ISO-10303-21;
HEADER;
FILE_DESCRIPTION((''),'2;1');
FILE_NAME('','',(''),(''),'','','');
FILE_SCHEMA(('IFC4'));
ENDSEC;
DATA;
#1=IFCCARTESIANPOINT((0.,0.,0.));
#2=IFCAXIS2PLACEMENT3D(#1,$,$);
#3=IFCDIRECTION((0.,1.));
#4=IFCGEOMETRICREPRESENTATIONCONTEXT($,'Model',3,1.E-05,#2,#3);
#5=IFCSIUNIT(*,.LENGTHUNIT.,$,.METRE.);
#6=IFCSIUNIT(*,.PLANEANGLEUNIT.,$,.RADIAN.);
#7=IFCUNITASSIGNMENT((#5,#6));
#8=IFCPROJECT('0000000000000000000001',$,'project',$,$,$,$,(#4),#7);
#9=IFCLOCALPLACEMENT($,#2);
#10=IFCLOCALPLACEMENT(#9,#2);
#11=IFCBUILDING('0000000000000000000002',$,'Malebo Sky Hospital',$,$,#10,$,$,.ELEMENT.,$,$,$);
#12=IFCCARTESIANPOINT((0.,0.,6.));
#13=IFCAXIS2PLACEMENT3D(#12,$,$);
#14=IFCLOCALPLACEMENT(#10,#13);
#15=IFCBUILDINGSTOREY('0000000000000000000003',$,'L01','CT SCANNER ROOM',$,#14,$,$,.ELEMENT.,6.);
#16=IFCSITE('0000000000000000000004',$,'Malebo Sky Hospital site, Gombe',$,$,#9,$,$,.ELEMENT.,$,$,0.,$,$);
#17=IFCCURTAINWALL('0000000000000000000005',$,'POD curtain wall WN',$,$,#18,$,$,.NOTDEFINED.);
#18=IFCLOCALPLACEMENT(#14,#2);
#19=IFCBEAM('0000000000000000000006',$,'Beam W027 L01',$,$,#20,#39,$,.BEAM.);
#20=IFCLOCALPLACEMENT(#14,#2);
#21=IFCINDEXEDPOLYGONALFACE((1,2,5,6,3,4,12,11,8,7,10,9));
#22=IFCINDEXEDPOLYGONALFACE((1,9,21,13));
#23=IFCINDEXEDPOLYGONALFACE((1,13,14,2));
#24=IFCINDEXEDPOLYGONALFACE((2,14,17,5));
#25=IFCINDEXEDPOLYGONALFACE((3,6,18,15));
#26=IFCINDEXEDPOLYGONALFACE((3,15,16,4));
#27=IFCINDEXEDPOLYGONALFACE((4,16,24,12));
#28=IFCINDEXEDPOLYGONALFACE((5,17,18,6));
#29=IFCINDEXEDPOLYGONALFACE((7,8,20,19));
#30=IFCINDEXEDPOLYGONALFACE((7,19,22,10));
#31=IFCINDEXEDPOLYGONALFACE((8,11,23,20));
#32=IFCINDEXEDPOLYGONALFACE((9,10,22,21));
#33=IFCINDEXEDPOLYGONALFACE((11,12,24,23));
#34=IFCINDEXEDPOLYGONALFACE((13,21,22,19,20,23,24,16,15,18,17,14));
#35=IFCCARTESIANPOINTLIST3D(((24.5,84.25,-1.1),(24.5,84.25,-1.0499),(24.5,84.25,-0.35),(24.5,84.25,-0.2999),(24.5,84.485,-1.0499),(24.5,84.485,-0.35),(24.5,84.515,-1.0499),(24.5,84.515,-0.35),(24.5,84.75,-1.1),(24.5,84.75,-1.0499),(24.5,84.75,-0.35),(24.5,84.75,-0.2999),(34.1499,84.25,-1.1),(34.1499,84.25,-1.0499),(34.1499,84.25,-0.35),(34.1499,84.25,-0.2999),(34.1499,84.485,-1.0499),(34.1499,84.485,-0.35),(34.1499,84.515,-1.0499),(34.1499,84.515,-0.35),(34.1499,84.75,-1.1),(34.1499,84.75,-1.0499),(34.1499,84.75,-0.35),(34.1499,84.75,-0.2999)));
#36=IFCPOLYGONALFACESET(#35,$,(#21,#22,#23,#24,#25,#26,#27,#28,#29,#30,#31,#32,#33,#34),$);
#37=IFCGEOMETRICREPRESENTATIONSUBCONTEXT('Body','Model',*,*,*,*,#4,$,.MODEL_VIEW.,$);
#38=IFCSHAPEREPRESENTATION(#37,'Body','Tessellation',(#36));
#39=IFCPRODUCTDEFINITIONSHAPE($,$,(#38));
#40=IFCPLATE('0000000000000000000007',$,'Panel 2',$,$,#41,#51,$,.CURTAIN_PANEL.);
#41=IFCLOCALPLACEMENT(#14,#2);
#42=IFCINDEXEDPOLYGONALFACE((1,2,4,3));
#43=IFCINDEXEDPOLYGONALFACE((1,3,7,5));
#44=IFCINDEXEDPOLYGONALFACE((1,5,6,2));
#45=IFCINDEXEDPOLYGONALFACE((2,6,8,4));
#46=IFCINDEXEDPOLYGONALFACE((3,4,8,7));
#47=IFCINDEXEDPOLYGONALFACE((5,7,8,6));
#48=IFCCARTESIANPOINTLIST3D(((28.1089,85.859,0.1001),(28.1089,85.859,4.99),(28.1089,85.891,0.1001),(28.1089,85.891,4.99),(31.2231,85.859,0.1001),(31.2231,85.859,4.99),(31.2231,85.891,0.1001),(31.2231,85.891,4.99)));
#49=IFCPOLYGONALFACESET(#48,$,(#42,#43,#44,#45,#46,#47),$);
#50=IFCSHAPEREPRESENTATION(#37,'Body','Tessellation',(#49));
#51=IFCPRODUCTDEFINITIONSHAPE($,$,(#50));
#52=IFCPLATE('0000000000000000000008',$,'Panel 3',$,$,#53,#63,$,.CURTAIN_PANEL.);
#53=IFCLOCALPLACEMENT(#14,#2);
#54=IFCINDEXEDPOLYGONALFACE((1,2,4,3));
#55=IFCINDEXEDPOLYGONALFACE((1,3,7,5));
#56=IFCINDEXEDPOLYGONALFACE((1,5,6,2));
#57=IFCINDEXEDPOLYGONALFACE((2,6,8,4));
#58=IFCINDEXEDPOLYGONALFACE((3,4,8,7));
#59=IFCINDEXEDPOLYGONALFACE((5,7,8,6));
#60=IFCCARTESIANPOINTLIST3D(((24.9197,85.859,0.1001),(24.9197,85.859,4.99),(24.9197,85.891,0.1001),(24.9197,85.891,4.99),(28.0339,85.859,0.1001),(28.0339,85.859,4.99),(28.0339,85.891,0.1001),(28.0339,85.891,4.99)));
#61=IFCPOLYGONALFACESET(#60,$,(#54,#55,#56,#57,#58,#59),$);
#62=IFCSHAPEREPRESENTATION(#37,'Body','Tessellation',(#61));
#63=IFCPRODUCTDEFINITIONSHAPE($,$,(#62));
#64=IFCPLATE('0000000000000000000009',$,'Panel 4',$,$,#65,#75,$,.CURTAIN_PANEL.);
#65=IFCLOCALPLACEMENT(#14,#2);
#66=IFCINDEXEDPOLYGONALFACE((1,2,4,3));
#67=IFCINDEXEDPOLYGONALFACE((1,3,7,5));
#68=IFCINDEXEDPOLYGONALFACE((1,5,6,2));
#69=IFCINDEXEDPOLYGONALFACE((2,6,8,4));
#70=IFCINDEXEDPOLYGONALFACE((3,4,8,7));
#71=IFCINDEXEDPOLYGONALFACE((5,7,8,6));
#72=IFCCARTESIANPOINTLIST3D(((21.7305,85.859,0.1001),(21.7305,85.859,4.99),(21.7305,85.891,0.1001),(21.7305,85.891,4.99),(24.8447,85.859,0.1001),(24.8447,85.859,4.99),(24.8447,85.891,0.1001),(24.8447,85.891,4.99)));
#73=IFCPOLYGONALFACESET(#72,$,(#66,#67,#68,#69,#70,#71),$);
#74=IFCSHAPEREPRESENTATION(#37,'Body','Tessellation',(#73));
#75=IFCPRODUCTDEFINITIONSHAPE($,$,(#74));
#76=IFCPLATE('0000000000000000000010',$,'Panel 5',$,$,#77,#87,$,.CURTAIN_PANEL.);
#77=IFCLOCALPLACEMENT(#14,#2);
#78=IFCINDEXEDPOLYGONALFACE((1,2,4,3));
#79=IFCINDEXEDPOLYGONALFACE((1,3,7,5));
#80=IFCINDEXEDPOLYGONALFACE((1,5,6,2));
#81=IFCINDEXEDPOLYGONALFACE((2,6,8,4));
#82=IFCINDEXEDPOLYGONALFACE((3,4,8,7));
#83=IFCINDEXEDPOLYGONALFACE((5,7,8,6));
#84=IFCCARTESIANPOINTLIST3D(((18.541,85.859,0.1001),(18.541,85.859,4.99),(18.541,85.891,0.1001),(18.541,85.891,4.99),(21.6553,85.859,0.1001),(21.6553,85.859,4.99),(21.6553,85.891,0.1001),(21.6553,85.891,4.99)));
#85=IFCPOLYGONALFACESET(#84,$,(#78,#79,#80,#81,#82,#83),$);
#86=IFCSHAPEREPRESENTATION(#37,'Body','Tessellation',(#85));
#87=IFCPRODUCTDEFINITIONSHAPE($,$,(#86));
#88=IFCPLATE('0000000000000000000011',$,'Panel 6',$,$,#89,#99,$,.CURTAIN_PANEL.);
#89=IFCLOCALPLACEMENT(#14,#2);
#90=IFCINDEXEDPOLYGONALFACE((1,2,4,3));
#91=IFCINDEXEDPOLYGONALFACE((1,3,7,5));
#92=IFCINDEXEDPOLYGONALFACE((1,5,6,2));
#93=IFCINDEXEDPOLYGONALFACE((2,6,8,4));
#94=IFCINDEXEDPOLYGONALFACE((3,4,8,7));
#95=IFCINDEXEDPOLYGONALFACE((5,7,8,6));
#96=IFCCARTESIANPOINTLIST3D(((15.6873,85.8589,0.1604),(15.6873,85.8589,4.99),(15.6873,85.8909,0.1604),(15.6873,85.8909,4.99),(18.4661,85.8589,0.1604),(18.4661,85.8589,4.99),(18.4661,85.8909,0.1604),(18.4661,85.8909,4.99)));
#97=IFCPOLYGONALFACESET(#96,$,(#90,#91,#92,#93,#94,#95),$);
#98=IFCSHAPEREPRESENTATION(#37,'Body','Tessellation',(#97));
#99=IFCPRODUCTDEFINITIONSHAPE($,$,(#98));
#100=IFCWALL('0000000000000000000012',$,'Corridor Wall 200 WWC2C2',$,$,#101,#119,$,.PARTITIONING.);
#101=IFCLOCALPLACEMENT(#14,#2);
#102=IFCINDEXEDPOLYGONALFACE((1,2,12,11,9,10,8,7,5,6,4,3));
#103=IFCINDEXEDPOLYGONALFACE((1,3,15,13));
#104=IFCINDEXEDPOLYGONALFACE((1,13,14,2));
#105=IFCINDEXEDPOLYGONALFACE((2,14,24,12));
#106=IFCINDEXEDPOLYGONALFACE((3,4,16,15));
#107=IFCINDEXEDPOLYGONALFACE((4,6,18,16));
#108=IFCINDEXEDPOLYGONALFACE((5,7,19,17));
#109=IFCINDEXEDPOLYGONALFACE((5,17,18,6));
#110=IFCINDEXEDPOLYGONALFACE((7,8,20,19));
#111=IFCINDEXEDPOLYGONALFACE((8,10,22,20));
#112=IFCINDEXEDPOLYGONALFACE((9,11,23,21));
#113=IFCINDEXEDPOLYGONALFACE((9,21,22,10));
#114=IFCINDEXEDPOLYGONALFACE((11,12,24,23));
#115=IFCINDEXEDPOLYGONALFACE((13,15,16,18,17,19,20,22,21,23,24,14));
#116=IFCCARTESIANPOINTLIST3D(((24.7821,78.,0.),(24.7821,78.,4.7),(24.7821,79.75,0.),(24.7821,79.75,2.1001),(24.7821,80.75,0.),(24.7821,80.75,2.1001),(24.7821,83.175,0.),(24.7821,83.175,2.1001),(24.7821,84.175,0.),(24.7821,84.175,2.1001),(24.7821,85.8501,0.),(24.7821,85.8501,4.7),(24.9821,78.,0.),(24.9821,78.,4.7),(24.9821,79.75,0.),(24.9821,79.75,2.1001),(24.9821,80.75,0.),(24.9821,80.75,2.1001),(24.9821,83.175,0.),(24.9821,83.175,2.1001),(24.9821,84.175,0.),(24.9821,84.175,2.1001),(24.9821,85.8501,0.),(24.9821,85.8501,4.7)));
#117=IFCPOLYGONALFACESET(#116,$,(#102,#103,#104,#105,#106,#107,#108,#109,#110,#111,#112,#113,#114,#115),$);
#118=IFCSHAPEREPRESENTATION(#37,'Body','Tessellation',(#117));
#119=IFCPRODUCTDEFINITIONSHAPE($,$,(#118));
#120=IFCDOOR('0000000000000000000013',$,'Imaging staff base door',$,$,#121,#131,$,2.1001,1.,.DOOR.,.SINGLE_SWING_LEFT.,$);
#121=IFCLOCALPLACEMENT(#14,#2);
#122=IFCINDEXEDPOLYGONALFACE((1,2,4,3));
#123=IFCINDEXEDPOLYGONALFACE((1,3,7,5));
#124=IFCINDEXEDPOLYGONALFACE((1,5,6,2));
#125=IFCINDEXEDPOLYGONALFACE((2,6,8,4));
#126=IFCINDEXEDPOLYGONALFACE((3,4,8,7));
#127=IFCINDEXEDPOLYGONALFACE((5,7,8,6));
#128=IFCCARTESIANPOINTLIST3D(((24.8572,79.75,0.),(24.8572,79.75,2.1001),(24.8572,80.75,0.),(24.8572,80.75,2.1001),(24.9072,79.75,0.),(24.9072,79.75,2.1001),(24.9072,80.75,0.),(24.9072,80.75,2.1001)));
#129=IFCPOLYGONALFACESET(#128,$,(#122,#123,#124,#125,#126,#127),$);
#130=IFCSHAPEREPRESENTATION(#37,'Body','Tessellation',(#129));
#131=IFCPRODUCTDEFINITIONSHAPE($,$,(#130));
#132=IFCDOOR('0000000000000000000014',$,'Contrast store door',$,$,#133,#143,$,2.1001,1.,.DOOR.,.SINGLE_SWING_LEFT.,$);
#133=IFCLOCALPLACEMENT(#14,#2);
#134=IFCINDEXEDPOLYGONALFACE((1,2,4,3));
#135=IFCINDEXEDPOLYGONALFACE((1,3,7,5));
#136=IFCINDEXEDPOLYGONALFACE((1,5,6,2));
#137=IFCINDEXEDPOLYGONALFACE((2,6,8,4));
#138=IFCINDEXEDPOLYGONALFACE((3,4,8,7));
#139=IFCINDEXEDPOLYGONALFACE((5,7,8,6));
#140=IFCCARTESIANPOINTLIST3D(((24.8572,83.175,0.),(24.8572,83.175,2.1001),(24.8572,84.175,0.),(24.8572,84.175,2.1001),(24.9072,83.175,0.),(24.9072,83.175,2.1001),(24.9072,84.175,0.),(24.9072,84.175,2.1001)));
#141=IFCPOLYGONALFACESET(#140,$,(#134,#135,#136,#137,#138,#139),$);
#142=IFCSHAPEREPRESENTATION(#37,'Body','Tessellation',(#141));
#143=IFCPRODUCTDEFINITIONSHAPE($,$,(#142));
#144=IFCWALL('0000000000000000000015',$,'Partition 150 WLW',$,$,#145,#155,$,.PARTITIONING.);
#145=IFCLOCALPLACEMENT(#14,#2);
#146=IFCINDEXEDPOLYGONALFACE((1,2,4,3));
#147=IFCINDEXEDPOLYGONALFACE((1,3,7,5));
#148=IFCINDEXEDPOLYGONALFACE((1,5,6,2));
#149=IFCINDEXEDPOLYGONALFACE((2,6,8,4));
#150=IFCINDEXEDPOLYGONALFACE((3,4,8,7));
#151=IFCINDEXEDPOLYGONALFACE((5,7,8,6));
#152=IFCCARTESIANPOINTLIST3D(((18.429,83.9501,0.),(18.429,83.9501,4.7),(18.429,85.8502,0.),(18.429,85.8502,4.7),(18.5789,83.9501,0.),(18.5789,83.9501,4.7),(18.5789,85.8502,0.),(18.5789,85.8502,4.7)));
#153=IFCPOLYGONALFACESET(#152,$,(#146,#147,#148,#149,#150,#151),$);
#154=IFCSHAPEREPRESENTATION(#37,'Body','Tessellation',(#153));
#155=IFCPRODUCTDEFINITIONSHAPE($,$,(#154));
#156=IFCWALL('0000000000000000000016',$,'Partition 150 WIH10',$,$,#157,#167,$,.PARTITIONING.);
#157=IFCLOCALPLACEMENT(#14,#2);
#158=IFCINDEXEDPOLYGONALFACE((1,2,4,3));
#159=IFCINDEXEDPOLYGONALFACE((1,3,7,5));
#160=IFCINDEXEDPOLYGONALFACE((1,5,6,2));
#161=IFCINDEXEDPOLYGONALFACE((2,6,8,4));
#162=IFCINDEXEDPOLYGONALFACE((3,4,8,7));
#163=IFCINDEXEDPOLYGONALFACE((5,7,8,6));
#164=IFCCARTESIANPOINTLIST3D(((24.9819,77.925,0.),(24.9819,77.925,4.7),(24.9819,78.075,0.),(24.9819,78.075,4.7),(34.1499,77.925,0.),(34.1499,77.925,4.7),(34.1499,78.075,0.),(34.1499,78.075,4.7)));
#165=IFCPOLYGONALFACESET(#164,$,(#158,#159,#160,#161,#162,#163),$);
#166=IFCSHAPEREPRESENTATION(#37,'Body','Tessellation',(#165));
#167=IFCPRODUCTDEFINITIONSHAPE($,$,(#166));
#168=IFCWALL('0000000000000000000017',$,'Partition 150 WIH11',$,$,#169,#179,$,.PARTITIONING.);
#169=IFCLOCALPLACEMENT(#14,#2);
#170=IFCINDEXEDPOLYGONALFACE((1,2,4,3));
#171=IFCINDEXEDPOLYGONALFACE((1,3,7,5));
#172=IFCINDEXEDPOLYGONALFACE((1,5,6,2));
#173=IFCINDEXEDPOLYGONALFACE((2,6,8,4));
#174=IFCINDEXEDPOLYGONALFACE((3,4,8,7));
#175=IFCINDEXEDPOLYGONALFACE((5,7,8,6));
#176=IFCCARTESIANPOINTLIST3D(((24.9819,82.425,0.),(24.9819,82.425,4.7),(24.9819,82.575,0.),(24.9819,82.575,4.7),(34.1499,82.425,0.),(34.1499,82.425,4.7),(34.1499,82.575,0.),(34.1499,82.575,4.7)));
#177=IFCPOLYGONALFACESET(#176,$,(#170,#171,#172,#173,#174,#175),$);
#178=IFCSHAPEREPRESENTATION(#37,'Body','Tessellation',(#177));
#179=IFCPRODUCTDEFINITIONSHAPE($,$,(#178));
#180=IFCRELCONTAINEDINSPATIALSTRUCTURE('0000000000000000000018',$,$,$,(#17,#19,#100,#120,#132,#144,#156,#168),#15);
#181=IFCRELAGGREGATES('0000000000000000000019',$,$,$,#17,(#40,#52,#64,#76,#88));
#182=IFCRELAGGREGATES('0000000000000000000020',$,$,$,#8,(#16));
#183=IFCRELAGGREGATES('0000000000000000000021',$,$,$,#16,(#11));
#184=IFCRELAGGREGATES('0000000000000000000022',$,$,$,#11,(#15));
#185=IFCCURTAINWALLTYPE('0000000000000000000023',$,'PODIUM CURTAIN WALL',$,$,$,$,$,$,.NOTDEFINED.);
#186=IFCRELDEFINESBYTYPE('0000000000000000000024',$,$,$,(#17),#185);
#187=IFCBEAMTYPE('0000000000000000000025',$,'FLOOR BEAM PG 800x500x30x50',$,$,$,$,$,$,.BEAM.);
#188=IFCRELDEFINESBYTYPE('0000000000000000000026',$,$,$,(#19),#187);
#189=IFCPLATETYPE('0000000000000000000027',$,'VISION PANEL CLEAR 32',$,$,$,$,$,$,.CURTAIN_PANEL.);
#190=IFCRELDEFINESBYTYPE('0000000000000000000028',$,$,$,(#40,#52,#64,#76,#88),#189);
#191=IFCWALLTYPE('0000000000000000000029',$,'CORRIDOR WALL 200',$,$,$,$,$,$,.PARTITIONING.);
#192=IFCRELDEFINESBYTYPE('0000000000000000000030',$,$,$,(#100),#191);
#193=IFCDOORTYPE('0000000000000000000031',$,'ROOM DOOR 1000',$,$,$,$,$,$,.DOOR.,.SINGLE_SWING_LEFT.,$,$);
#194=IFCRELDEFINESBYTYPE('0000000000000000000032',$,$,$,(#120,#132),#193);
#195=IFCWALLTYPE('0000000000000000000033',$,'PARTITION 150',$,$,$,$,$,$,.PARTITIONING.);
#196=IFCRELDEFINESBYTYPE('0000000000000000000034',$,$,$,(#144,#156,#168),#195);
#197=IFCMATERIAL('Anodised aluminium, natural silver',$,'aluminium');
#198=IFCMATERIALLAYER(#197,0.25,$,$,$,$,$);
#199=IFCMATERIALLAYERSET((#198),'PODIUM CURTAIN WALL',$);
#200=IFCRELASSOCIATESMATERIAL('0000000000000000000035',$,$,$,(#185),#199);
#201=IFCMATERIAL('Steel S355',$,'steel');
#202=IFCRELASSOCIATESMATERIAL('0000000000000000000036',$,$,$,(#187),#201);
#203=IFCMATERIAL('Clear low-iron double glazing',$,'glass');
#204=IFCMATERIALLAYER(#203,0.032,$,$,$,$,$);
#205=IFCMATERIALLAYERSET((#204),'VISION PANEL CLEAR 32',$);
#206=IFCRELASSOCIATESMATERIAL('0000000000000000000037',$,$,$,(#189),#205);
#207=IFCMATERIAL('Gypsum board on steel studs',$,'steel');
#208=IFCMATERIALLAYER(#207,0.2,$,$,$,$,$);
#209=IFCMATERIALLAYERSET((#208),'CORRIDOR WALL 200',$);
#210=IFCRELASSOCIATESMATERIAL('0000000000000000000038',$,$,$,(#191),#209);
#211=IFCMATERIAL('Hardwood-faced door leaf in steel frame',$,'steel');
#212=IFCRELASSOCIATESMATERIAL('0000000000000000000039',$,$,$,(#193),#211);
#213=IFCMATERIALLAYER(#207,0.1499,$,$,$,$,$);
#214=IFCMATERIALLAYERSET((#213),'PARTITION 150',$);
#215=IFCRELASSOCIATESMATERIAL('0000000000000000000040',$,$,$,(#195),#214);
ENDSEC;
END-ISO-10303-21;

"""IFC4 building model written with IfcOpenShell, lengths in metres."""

from ifc_helpers import new_model, si_unit, direction, frame, frame_2d, origin, origin_2d, place, context, subcontext, project, spatial, polyline, rectangle, i_section, outline, extrude, material, layer, layer_set, material_profile, profile_set, type_object, element, fill, aggregate, save


model = new_model("IFC4")

# Units and contexts
model_context = context("Model", 3, precision=1e-05, world=origin(), true_north=direction((0.0, 1.0)))
body_context = subcontext(model_context, "Body", "Model", "MODEL_VIEW")
ifc_project = project(units=[si_unit("LENGTHUNIT", "METRE"), si_unit("PLANEANGLEUNIT", "RADIAN")], contexts=[model_context])

# Site, building, storey
site_placement = place(None, origin())
site = spatial("IfcSite", under=ifc_project, at=site_placement, Name="Malebo Sky Hospital site, Gombe", CompositionType="ELEMENT", RefElevation=0.0)
building_placement = place(site_placement, origin())
building = spatial("IfcBuilding", under=site, at=building_placement, Name="Malebo Sky Hospital", CompositionType="ELEMENT")
storey_placement = place(building_placement, frame((0.0, 0.0, 6.0)))
storey = spatial("IfcBuildingStorey", under=building, at=storey_placement, Name="L01", Description="CT SCANNER ROOM", CompositionType="ELEMENT", Elevation=6.0)

# Shared definitions
ifc_material_1 = material(Name="Steel S355", Category="steel")

# Curtain wall
ifc_material_2 = material(Name="Anodised aluminium, natural silver", Category="aluminium")
ifc_layer_1 = layer(ifc_material_2, 0.25)
ifc_layer_set_1 = layer_set([ifc_layer_1], Name="PODIUM CURTAIN WALL")
curtain_wall_type = type_object("IfcCurtainWallType", Name="PODIUM CURTAIN WALL", PredefinedType="NOTDEFINED", material=ifc_layer_set_1)
curtain_wall_placement = place(storey_placement, origin())
curtain_wall = element("IfcCurtainWall", 1, at=curtain_wall_placement, inside=storey, type_object=curtain_wall_type, Name="POD curtain wall WN", PredefinedType="NOTDEFINED")

# Beam
ifc_material_profile_1 = material_profile(ifc_material_1, i_section(OverallWidth=0.5, OverallDepth=0.8, WebThickness=0.03, FlangeThickness=0.05, at=origin_2d()), Name="PG 800x500x30x50")
ifc_profile_set_1 = profile_set([ifc_material_profile_1], Name="Steel S355")
beam_type_1 = type_object("IfcBeamType", Name="FLOOR BEAM PG 800x500x30x50", PredefinedType="BEAM", material=ifc_profile_set_1)
beam_1_placement = place(storey_placement, frame((24.5, 84.5, -0.7), z_axis=(1.0, 0.0, 0.0), x_axis=(0.0, 1.0, 0.0)))
element("IfcBeam", 2, at=beam_1_placement, inside=storey, type_object=beam_type_1, Name="Beam W027 L01", PredefinedType="BEAM", context=body_context, shape_type="SweptSolid", body=[
    extrude(i_section(OverallWidth=0.5, OverallDepth=0.8, WebThickness=0.03, FlangeThickness=0.05, at=origin_2d()), origin(), (0.0, 0.0, 1.0), 9.6499),
])

# Plates
ifc_material_3 = material(Name="Clear low-iron double glazing", Category="glass")
ifc_layer_2 = layer(ifc_material_3, 0.032)
ifc_layer_set_2 = layer_set([ifc_layer_2], Name="VISION PANEL CLEAR 32")
plate_type = type_object("IfcPlateType", Name="VISION PANEL CLEAR 32", PredefinedType="CURTAIN_PANEL", material=ifc_layer_set_2)
plate_1_placement = place(storey_placement, frame((29.666, 85.875, 0.1001), z_axis=(0.0, 0.0, 1.0), x_axis=(-1.0, 0.0, 0.0)))
plate_1 = element("IfcPlate", 3, at=plate_1_placement, type_object=plate_type, Name="Panel 2", PredefinedType="CURTAIN_PANEL", context=body_context, shape_type="SweptSolid", body=[
    extrude(rectangle(XDim=3.1143, YDim=0.032, at=origin_2d()), origin(), (0.0, 0.0, 1.0), 4.8899),
])
plate_2_placement = place(storey_placement, frame((26.4768, 85.875, 0.1001), z_axis=(0.0, 0.0, 1.0), x_axis=(-1.0, 0.0, 0.0)))
plate_2 = element("IfcPlate", 4, at=plate_2_placement, type_object=plate_type, Name="Panel 3", PredefinedType="CURTAIN_PANEL", context=body_context, shape_type="SweptSolid", body=[
    extrude(rectangle(XDim=3.1143, YDim=0.032, at=origin_2d()), origin(), (0.0, 0.0, 1.0), 4.8899),
])
plate_3_placement = place(storey_placement, frame((23.2876, 85.875, 0.1001), z_axis=(0.0, 0.0, 1.0), x_axis=(-1.0, 0.0, 0.0)))
plate_3 = element("IfcPlate", 5, at=plate_3_placement, type_object=plate_type, Name="Panel 4", PredefinedType="CURTAIN_PANEL", context=body_context, shape_type="SweptSolid", body=[
    extrude(rectangle(XDim=3.1143, YDim=0.032, at=origin_2d()), origin(), (0.0, 0.0, 1.0), 4.8899),
])
plate_4_placement = place(storey_placement, frame((20.0981, 85.875, 0.1001), z_axis=(0.0, 0.0, 1.0), x_axis=(-1.0, 0.0, 0.0)))
plate_4 = element("IfcPlate", 6, at=plate_4_placement, type_object=plate_type, Name="Panel 5", PredefinedType="CURTAIN_PANEL", context=body_context, shape_type="SweptSolid", body=[
    extrude(rectangle(XDim=3.1143, YDim=0.032, at=origin_2d()), origin(), (0.0, 0.0, 1.0), 4.8899),
])
plate_5_placement = place(storey_placement, frame((17.0767, 85.875, 0.1604), z_axis=(0.0, 0.0, 1.0), x_axis=(-1.0, 0.0, 0.0)))
plate_5 = element("IfcPlate", 7, at=plate_5_placement, type_object=plate_type, Name="Panel 6", PredefinedType="CURTAIN_PANEL", context=body_context, shape_type="SweptSolid", body=[
    extrude(outline(polyline([(-1.3894, 0.0), (1.3894, 0.0), (1.3894, 4.8296), (-1.3894, 4.8296), (-1.3894, 0.0)])), frame((0.0, 0.0161, 0.0), z_axis=(0.0, -1.0, 0.0), x_axis=(1.0, 0.0, 0.0)), (0.0, 0.0, 1.0), 0.032),
])
aggregate(curtain_wall, [plate_1, plate_2, plate_3, plate_4, plate_5])

# Wall, openings, doors
ifc_material_4 = material(Name="Gypsum board on steel studs", Category="steel")
ifc_layer_3 = layer(ifc_material_4, 0.2)
ifc_layer_set_3 = layer_set([ifc_layer_3], Name="CORRIDOR WALL 200")
wall_type_1 = type_object("IfcWallType", Name="CORRIDOR WALL 200", PredefinedType="PARTITIONING", material=ifc_layer_set_3)
wall_1_placement = place(storey_placement, frame((24.8821, 78.0, 0.0), z_axis=(0.0, 0.0, 1.0), x_axis=(0.0, 1.0, 0.0)))
wall_1 = element("IfcWall", 8, at=wall_1_placement, inside=storey, type_object=wall_type_1, Name="Corridor Wall 200 WWC2C2", PredefinedType="PARTITIONING", context=body_context, shape_type="SweptSolid", body=[
    extrude(rectangle(XDim=7.8501, YDim=0.2, at=frame_2d((3.925, 0.0))), origin(), (0.0, 0.0, 1.0), 4.7),
])
opening_1_placement = place(wall_1_placement, frame((1.75, 0.0, 0.0)))
opening_1 = element("IfcOpeningElement", 9, at=opening_1_placement, cuts=wall_1, PredefinedType="OPENING", context=body_context, shape_type="SweptSolid", body=[
    extrude(rectangle(XDim=1.0, YDim=2.1001, at=frame_2d((0.5, 1.05))), frame((0.0, 0.1099, 0.0), z_axis=(0.0, -1.0, 0.0), x_axis=(1.0, 0.0, 0.0)), (0.0, 0.0, 1.0), 0.22),
])
opening_2_placement = place(wall_1_placement, frame((5.175, 0.0, 0.0)))
opening_2 = element("IfcOpeningElement", 10, at=opening_2_placement, cuts=wall_1, PredefinedType="OPENING", context=body_context, shape_type="SweptSolid", body=[
    extrude(rectangle(XDim=1.0, YDim=2.1001, at=frame_2d((0.5, 1.05))), frame((0.0, 0.1099, 0.0), z_axis=(0.0, -1.0, 0.0), x_axis=(1.0, 0.0, 0.0)), (0.0, 0.0, 1.0), 0.22),
])
ifc_material_5 = material(Name="Hardwood-faced door leaf in steel frame", Category="steel")
door_type = type_object("IfcDoorType", Name="ROOM DOOR 1000", OperationType="SINGLE_SWING_LEFT", PredefinedType="DOOR", material=ifc_material_5)
door_1_placement = place(opening_1_placement, origin())
door_1 = element("IfcDoor", 11, at=door_1_placement, inside=storey, type_object=door_type, Name="Imaging staff base door", OperationType="SINGLE_SWING_LEFT", OverallHeight=2.1001, OverallWidth=1.0, PredefinedType="DOOR", context=body_context, shape_type="SweptSolid", body=[
    extrude(rectangle(XDim=1.0, YDim=2.1001, at=frame_2d((0.5, 1.05))), frame((0.0, 0.0249, 0.0), z_axis=(0.0, -1.0, 0.0), x_axis=(1.0, 0.0, 0.0)), (0.0, 0.0, 1.0), 0.05),
])
fill(opening_1, door_1)
door_2_placement = place(opening_2_placement, origin())
door_2 = element("IfcDoor", 12, at=door_2_placement, inside=storey, type_object=door_type, Name="Contrast store door", OperationType="SINGLE_SWING_LEFT", OverallHeight=2.1001, OverallWidth=1.0, PredefinedType="DOOR", context=body_context, shape_type="SweptSolid", body=[
    extrude(rectangle(XDim=1.0, YDim=2.1001, at=frame_2d((0.5, 1.05))), frame((0.0, 0.0249, 0.0), z_axis=(0.0, -1.0, 0.0), x_axis=(1.0, 0.0, 0.0)), (0.0, 0.0, 1.0), 0.05),
])
fill(opening_2, door_2)

# Walls
ifc_layer_4 = layer(ifc_material_4, 0.1499)
ifc_layer_set_4 = layer_set([ifc_layer_4], Name="PARTITION 150")
wall_type_2 = type_object("IfcWallType", Name="PARTITION 150", PredefinedType="PARTITIONING", material=ifc_layer_set_4)
wall_2_placement = place(storey_placement, frame((18.5039, 83.95, 0.0), z_axis=(0.0, 0.0, 1.0), x_axis=(0.0, 1.0, 0.0)))
element("IfcWall", 13, at=wall_2_placement, inside=storey, type_object=wall_type_2, Name="Partition 150 WLW", PredefinedType="PARTITIONING", context=body_context, shape_type="SweptSolid", body=[
    extrude(rectangle(XDim=1.9001, YDim=0.1499, at=frame_2d((0.9502, 0.0))), origin(), (0.0, 0.0, 1.0), 4.7),
])
for number, where, z_axis, x_axis, name in (
    (14, (24.9819, 78.0, 0.0), (0.0, 0.0, 1.0), (1.0, 0.0, 0.0), "Partition 150 WIH10"),
    (15, (24.9819, 82.5, 0.0), (0.0, 0.0, 1.0), (1.0, 0.0, 0.0), "Partition 150 WIH11"),
):
    element("IfcWall", number, at=place(storey_placement, frame(where, z_axis=z_axis, x_axis=x_axis)), inside=storey, type_object=wall_type_2, Name=name, PredefinedType="PARTITIONING", context=body_context, shape_type="SweptSolid", body=[
        extrude(rectangle(XDim=9.168, YDim=0.1499, at=frame_2d((4.584, 0.0))), origin(), (0.0, 0.0, 1.0), 4.7),
    ])

save(model, "model.ifc")
